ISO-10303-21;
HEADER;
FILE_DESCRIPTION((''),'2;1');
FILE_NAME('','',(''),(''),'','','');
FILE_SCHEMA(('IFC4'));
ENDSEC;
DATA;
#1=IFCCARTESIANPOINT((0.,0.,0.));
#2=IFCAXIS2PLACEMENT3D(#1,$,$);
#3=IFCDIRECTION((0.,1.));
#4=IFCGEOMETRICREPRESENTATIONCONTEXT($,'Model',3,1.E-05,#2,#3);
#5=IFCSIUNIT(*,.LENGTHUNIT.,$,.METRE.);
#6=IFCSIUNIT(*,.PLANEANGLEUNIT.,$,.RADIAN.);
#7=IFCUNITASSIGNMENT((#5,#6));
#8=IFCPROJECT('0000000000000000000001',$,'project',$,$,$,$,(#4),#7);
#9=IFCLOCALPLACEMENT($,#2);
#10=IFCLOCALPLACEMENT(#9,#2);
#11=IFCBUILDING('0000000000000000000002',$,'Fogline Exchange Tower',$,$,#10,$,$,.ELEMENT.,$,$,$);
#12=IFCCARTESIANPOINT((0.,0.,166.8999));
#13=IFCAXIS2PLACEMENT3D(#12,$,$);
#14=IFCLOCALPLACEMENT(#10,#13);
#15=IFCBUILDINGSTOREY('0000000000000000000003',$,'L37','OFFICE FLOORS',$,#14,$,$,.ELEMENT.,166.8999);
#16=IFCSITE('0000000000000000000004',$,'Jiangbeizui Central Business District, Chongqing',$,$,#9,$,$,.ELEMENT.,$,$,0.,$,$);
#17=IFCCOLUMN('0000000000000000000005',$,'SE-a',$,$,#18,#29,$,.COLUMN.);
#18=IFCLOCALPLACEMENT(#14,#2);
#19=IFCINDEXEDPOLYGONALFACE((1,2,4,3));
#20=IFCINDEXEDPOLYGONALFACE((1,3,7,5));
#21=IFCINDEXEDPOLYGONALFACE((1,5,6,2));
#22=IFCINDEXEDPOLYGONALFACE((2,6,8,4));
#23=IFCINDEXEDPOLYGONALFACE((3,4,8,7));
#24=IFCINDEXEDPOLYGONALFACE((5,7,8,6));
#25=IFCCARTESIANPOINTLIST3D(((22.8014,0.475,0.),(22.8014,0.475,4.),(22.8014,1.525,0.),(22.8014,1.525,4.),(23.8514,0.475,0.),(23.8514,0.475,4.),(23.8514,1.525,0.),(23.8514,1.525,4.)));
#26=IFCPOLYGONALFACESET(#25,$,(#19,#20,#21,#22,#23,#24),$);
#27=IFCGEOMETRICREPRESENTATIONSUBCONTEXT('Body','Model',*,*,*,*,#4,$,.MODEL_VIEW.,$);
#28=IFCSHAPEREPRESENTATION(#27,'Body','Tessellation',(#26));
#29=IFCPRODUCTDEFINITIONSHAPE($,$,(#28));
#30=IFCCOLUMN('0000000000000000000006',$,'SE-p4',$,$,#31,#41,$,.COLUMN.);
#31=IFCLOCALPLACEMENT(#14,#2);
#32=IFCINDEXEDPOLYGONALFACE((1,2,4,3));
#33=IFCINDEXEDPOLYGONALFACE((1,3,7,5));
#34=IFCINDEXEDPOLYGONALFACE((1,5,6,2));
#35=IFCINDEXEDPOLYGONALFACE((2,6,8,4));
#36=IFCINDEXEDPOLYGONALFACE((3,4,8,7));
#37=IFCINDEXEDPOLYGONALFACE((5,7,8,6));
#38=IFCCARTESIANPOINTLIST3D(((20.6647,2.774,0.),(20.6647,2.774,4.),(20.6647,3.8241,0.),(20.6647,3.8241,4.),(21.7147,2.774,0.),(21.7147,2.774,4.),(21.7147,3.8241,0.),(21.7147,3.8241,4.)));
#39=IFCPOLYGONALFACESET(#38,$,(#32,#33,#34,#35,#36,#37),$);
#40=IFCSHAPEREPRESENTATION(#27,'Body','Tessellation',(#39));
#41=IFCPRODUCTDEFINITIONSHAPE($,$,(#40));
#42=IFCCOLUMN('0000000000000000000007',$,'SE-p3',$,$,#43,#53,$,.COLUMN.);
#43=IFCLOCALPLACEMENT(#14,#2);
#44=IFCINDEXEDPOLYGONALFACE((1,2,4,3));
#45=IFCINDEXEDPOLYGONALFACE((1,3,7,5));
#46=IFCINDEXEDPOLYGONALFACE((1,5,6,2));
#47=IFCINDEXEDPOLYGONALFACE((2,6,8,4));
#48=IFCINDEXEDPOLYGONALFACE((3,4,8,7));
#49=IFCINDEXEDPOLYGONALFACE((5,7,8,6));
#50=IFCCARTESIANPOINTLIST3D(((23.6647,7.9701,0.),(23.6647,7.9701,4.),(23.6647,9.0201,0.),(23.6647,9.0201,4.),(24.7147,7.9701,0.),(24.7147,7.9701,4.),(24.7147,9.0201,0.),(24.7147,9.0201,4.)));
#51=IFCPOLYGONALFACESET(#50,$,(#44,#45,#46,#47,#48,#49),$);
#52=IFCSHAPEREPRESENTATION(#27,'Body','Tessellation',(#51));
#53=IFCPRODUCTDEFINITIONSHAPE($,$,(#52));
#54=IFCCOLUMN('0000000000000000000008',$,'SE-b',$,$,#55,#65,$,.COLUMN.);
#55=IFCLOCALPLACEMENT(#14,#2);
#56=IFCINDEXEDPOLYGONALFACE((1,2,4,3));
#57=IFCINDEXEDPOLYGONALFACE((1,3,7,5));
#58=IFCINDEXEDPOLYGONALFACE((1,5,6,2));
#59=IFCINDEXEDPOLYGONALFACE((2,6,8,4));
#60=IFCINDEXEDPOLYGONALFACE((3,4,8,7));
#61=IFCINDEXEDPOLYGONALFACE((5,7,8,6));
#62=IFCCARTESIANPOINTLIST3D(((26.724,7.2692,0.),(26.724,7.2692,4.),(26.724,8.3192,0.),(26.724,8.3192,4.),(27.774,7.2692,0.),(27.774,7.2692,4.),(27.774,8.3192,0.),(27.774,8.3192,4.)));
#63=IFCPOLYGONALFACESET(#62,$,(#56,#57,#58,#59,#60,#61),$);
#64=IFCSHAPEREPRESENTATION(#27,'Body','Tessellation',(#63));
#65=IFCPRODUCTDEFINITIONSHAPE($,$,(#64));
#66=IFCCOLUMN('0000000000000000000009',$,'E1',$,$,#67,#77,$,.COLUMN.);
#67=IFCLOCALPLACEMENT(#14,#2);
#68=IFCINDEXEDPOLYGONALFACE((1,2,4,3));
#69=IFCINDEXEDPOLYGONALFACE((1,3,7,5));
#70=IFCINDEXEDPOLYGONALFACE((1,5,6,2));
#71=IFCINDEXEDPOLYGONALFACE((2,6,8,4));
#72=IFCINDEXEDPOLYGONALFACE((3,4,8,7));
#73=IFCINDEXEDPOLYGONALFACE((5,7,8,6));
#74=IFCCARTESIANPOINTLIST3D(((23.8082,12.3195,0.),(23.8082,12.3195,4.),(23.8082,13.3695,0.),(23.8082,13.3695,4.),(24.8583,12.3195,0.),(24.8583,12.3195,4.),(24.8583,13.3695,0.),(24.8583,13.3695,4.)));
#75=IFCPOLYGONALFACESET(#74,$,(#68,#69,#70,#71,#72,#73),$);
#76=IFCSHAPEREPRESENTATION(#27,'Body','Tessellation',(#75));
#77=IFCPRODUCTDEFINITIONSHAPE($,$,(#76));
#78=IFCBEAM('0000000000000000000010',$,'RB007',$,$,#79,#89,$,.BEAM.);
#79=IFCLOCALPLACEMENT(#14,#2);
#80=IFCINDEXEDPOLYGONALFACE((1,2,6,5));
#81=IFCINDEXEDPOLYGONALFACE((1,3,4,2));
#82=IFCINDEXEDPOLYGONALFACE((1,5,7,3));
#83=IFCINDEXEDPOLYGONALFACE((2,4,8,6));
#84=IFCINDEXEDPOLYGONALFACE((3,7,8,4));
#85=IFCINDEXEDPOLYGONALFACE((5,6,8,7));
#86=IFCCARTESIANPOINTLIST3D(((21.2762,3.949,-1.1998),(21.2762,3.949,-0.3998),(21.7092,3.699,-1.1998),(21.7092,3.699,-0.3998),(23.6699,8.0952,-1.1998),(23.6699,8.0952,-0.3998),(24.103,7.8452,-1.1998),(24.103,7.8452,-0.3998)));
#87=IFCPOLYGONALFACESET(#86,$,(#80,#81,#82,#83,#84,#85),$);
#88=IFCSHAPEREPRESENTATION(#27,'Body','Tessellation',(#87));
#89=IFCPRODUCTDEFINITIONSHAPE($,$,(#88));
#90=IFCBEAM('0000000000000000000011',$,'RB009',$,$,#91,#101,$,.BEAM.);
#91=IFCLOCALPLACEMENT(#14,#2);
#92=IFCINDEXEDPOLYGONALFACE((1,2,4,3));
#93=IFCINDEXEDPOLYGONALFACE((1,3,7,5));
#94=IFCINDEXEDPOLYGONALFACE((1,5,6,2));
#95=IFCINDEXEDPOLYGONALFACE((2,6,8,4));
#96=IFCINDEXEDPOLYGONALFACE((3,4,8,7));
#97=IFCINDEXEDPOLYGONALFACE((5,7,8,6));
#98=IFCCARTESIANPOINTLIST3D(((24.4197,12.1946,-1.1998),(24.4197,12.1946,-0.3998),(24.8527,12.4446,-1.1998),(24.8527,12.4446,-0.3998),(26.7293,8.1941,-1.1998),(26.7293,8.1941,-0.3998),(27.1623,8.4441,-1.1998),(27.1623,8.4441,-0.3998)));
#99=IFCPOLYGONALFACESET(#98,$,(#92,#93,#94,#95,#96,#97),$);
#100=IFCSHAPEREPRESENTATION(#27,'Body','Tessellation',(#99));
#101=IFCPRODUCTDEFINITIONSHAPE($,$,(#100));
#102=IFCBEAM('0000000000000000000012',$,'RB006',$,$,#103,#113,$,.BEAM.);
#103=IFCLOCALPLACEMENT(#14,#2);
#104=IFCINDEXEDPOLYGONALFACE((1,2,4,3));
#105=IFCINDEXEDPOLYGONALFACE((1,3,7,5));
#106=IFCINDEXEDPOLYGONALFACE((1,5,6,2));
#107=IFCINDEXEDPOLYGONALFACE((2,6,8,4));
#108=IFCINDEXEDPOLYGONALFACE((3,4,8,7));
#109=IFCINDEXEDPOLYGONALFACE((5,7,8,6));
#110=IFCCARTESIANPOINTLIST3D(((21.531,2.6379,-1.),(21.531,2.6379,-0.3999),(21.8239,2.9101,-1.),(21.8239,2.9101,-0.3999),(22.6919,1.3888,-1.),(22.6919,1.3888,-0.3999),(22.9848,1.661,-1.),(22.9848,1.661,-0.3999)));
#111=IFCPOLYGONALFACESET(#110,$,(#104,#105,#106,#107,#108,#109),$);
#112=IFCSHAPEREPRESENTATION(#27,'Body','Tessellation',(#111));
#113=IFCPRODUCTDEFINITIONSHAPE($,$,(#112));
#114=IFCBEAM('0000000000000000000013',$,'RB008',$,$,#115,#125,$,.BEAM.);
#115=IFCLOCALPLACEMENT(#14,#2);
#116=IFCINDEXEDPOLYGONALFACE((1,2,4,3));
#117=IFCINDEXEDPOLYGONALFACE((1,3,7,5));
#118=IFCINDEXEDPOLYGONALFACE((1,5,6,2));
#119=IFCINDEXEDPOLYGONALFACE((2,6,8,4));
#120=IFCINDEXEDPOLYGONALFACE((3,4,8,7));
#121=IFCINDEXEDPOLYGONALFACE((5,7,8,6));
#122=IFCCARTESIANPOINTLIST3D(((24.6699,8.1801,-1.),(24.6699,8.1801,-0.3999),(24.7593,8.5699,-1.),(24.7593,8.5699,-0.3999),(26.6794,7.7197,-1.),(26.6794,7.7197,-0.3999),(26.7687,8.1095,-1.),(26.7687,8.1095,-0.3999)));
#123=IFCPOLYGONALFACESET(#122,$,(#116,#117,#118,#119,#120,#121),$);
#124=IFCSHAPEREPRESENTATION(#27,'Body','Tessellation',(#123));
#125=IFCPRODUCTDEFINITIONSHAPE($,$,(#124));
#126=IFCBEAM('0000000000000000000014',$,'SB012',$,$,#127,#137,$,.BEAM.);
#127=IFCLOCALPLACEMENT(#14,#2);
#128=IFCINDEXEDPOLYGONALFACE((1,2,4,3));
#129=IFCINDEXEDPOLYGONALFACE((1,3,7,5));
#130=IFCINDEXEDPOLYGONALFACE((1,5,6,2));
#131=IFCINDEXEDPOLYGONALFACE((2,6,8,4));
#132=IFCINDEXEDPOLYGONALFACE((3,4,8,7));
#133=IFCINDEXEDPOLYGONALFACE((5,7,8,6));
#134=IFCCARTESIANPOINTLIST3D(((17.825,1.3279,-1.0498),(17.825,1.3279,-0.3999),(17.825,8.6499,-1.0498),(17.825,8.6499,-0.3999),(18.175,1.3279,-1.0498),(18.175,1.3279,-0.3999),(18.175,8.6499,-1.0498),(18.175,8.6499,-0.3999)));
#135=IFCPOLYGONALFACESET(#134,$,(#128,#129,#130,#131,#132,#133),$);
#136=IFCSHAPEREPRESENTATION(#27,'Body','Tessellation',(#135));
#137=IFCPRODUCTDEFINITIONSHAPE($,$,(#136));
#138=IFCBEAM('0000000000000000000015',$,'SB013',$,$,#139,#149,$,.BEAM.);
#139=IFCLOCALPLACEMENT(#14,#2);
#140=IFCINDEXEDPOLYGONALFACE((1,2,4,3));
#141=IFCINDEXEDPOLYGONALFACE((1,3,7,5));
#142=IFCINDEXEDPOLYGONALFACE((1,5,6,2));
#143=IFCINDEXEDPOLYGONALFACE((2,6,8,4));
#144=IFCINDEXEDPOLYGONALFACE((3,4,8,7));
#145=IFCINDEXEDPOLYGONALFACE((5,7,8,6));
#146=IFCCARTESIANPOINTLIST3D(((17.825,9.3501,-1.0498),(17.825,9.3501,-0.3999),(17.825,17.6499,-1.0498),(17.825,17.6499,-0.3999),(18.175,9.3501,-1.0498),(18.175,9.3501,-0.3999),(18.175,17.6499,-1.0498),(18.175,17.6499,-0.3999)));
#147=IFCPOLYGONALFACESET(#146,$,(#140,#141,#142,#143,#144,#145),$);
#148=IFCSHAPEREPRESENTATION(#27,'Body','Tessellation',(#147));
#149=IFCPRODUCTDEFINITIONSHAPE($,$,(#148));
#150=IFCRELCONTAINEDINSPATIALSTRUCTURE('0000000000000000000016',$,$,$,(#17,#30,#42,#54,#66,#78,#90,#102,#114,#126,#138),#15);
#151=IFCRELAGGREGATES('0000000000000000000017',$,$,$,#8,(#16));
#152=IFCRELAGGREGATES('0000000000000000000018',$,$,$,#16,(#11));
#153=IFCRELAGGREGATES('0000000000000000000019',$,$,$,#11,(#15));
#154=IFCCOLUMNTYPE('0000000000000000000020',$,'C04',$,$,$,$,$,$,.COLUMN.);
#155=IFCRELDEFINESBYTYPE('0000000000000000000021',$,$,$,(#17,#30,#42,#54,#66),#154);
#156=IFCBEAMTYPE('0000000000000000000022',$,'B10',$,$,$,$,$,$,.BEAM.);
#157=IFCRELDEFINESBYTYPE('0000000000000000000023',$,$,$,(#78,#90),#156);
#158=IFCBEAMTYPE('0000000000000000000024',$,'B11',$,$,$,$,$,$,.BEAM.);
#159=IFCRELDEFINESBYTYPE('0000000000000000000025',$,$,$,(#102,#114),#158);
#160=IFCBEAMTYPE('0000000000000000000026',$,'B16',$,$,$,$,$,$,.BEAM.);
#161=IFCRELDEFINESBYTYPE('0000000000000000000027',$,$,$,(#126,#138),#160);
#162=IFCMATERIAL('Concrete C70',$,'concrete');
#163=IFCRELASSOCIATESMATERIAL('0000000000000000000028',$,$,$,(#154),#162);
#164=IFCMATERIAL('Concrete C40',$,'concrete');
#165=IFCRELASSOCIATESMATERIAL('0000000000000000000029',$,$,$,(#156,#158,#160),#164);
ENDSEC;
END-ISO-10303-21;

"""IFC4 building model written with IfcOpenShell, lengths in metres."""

from ifc_helpers import new_model, si_unit, direction, frame, origin, origin_2d, place, context, subcontext, project, spatial, rectangle, extrude, material, material_profile, profile_set, type_object, element, save


model = new_model("IFC4")

# Units and contexts
model_context = context("Model", 3, precision=1e-05, world=origin(), true_north=direction((0.0, 1.0)))
body_context = subcontext(model_context, "Body", "Model", "MODEL_VIEW")
ifc_project = project(units=[si_unit("LENGTHUNIT", "METRE"), si_unit("PLANEANGLEUNIT", "RADIAN")], contexts=[model_context])

# Site, building, storey
site_placement = place(None, origin())
site = spatial("IfcSite", under=ifc_project, at=site_placement, Name="Jiangbeizui Central Business District, Chongqing", CompositionType="ELEMENT", RefElevation=0.0)
building_placement = place(site_placement, origin())
building = spatial("IfcBuilding", under=site, at=building_placement, Name="Fogline Exchange Tower", CompositionType="ELEMENT")
storey_placement = place(building_placement, frame((0.0, 0.0, 166.8999)))
storey = spatial("IfcBuildingStorey", under=building, at=storey_placement, Name="L37", Description="OFFICE FLOORS", CompositionType="ELEMENT", Elevation=166.8999)

# Columns
ifc_material_1 = material(Name="Concrete C70", Category="concrete")
ifc_material_profile_1 = material_profile(ifc_material_1, rectangle(XDim=1.05, YDim=1.05, at=origin_2d()), Name="RC 1050x1050")
ifc_profile_set_1 = profile_set([ifc_material_profile_1], Name="Concrete C70")
column_type = type_object("IfcColumnType", Name="C04", PredefinedType="COLUMN", material=ifc_profile_set_1)
for number, where, z_axis, x_axis, name in (
    (1, (23.3264, 1.0, 0.0), (0.0, 0.0, 1.0), (1.0, 0.0, 0.0), "SE-a"),
    (2, (21.1897, 3.2991, 0.0), (0.0, 0.0, 1.0), (1.0, 0.0, 0.0), "SE-p4"),
    (3, (24.1897, 8.4951, 0.0), (0.0, 0.0, 1.0), (1.0, 0.0, 0.0), "SE-p3"),
    (4, (27.249, 7.7942, 0.0), (0.0, 0.0, 1.0), (1.0, 0.0, 0.0), "SE-b"),
    (5, (24.3333, 12.8445, 0.0), (0.0, 0.0, 1.0), (1.0, 0.0, 0.0), "E1"),
):
    element("IfcColumn", number, at=place(storey_placement, frame(where, z_axis=z_axis, x_axis=x_axis)), inside=storey, type_object=column_type, Name=name, PredefinedType="COLUMN", context=body_context, shape_type="SweptSolid", body=[
        extrude(rectangle(XDim=1.05, YDim=1.05, at=origin_2d()), origin(), (0.0, 0.0, 1.0), 4.0),
    ])

# Beams
ifc_material_2 = material(Name="Concrete C40", Category="concrete")
ifc_material_profile_2 = material_profile(ifc_material_2, rectangle(XDim=0.5, YDim=0.8, at=origin_2d()), Name="RC 500x800")
ifc_profile_set_2 = profile_set([ifc_material_profile_2], Name="Concrete C40")
beam_type_1 = type_object("IfcBeamType", Name="B10", PredefinedType="BEAM", material=ifc_profile_set_2)
beam_1_placement = place(storey_placement, frame((21.4927, 3.824, -0.7998), z_axis=(0.499995, 0.866028, 0.0), x_axis=(-0.866028, 0.499995, 0.0)))
element("IfcBeam", 6, at=beam_1_placement, inside=storey, type_object=beam_type_1, Name="RB007", PredefinedType="BEAM", context=body_context, shape_type="SweptSolid", body=[
    extrude(rectangle(XDim=0.5, YDim=0.8, at=origin_2d()), origin(), (0.0, 0.0, 1.0), 4.7876),
])
beam_2_placement = place(storey_placement, frame((26.9458, 8.3191, -0.7998), z_axis=(-0.499982, 0.866036, 0.0), x_axis=(-0.866036, -0.499982, 0.0)))
element("IfcBeam", 7, at=beam_2_placement, inside=storey, type_object=beam_type_1, Name="RB009", PredefinedType="BEAM", context=body_context, shape_type="SweptSolid", body=[
    extrude(rectangle(XDim=0.5, YDim=0.8, at=origin_2d()), origin(), (0.0, 0.0, 1.0), 4.6194),
])
ifc_material_profile_3 = material_profile(ifc_material_2, rectangle(XDim=0.3999, YDim=0.6001, at=origin_2d()), Name="RC 400x600")
ifc_profile_set_3 = profile_set([ifc_material_profile_3], Name="Concrete C40")
beam_type_2 = type_object("IfcBeamType", Name="B11", PredefinedType="BEAM", material=ifc_profile_set_3)
beam_3_placement = place(storey_placement, frame((22.8384, 1.5249, -0.7), z_axis=(-0.680792, 0.732477, 0.0), x_axis=(-0.732477, -0.680792, 0.0)))
element("IfcBeam", 8, at=beam_3_placement, inside=storey, type_object=beam_type_2, Name="RB006", PredefinedType="BEAM", context=body_context, shape_type="SweptSolid", body=[
    extrude(rectangle(XDim=0.3999, YDim=0.6001, at=origin_2d()), origin(), (0.0, 0.0, 1.0), 1.7053),
])
beam_4_placement = place(storey_placement, frame((24.7146, 8.375, -0.7), z_axis=(0.974739, -0.223346, 0.0), x_axis=(0.223346, 0.974739, 0.0)))
element("IfcBeam", 9, at=beam_4_placement, inside=storey, type_object=beam_type_2, Name="RB008", PredefinedType="BEAM", context=body_context, shape_type="SweptSolid", body=[
    extrude(rectangle(XDim=0.3999, YDim=0.6001, at=origin_2d()), origin(), (0.0, 0.0, 1.0), 2.0615),
])
ifc_material_profile_4 = material_profile(ifc_material_2, rectangle(XDim=0.3501, YDim=0.6499, at=origin_2d()), Name="RC 350x650")
ifc_profile_set_4 = profile_set([ifc_material_profile_4], Name="Concrete C40")
beam_type_3 = type_object("IfcBeamType", Name="B16", PredefinedType="BEAM", material=ifc_profile_set_4)
beam_5_placement = place(storey_placement, frame((18.0, 1.3279, -0.7249), z_axis=(0.0, 1.0, 0.0), x_axis=(-1.0, 0.0, 0.0)))
element("IfcBeam", 10, at=beam_5_placement, inside=storey, type_object=beam_type_3, Name="SB012", PredefinedType="BEAM", context=body_context, shape_type="SweptSolid", body=[
    extrude(rectangle(XDim=0.3501, YDim=0.6499, at=origin_2d()), origin(), (0.0, 0.0, 1.0), 7.322),
])
beam_6_placement = place(storey_placement, frame((18.0, 9.3501, -0.7249), z_axis=(0.0, 1.0, 0.0), x_axis=(-1.0, 0.0, 0.0)))
element("IfcBeam", 11, at=beam_6_placement, inside=storey, type_object=beam_type_3, Name="SB013", PredefinedType="BEAM", context=body_context, shape_type="SweptSolid", body=[
    extrude(rectangle(XDim=0.3501, YDim=0.6499, at=origin_2d()), origin(), (0.0, 0.0, 1.0), 8.2998),
])

save(model, "model.ifc")
